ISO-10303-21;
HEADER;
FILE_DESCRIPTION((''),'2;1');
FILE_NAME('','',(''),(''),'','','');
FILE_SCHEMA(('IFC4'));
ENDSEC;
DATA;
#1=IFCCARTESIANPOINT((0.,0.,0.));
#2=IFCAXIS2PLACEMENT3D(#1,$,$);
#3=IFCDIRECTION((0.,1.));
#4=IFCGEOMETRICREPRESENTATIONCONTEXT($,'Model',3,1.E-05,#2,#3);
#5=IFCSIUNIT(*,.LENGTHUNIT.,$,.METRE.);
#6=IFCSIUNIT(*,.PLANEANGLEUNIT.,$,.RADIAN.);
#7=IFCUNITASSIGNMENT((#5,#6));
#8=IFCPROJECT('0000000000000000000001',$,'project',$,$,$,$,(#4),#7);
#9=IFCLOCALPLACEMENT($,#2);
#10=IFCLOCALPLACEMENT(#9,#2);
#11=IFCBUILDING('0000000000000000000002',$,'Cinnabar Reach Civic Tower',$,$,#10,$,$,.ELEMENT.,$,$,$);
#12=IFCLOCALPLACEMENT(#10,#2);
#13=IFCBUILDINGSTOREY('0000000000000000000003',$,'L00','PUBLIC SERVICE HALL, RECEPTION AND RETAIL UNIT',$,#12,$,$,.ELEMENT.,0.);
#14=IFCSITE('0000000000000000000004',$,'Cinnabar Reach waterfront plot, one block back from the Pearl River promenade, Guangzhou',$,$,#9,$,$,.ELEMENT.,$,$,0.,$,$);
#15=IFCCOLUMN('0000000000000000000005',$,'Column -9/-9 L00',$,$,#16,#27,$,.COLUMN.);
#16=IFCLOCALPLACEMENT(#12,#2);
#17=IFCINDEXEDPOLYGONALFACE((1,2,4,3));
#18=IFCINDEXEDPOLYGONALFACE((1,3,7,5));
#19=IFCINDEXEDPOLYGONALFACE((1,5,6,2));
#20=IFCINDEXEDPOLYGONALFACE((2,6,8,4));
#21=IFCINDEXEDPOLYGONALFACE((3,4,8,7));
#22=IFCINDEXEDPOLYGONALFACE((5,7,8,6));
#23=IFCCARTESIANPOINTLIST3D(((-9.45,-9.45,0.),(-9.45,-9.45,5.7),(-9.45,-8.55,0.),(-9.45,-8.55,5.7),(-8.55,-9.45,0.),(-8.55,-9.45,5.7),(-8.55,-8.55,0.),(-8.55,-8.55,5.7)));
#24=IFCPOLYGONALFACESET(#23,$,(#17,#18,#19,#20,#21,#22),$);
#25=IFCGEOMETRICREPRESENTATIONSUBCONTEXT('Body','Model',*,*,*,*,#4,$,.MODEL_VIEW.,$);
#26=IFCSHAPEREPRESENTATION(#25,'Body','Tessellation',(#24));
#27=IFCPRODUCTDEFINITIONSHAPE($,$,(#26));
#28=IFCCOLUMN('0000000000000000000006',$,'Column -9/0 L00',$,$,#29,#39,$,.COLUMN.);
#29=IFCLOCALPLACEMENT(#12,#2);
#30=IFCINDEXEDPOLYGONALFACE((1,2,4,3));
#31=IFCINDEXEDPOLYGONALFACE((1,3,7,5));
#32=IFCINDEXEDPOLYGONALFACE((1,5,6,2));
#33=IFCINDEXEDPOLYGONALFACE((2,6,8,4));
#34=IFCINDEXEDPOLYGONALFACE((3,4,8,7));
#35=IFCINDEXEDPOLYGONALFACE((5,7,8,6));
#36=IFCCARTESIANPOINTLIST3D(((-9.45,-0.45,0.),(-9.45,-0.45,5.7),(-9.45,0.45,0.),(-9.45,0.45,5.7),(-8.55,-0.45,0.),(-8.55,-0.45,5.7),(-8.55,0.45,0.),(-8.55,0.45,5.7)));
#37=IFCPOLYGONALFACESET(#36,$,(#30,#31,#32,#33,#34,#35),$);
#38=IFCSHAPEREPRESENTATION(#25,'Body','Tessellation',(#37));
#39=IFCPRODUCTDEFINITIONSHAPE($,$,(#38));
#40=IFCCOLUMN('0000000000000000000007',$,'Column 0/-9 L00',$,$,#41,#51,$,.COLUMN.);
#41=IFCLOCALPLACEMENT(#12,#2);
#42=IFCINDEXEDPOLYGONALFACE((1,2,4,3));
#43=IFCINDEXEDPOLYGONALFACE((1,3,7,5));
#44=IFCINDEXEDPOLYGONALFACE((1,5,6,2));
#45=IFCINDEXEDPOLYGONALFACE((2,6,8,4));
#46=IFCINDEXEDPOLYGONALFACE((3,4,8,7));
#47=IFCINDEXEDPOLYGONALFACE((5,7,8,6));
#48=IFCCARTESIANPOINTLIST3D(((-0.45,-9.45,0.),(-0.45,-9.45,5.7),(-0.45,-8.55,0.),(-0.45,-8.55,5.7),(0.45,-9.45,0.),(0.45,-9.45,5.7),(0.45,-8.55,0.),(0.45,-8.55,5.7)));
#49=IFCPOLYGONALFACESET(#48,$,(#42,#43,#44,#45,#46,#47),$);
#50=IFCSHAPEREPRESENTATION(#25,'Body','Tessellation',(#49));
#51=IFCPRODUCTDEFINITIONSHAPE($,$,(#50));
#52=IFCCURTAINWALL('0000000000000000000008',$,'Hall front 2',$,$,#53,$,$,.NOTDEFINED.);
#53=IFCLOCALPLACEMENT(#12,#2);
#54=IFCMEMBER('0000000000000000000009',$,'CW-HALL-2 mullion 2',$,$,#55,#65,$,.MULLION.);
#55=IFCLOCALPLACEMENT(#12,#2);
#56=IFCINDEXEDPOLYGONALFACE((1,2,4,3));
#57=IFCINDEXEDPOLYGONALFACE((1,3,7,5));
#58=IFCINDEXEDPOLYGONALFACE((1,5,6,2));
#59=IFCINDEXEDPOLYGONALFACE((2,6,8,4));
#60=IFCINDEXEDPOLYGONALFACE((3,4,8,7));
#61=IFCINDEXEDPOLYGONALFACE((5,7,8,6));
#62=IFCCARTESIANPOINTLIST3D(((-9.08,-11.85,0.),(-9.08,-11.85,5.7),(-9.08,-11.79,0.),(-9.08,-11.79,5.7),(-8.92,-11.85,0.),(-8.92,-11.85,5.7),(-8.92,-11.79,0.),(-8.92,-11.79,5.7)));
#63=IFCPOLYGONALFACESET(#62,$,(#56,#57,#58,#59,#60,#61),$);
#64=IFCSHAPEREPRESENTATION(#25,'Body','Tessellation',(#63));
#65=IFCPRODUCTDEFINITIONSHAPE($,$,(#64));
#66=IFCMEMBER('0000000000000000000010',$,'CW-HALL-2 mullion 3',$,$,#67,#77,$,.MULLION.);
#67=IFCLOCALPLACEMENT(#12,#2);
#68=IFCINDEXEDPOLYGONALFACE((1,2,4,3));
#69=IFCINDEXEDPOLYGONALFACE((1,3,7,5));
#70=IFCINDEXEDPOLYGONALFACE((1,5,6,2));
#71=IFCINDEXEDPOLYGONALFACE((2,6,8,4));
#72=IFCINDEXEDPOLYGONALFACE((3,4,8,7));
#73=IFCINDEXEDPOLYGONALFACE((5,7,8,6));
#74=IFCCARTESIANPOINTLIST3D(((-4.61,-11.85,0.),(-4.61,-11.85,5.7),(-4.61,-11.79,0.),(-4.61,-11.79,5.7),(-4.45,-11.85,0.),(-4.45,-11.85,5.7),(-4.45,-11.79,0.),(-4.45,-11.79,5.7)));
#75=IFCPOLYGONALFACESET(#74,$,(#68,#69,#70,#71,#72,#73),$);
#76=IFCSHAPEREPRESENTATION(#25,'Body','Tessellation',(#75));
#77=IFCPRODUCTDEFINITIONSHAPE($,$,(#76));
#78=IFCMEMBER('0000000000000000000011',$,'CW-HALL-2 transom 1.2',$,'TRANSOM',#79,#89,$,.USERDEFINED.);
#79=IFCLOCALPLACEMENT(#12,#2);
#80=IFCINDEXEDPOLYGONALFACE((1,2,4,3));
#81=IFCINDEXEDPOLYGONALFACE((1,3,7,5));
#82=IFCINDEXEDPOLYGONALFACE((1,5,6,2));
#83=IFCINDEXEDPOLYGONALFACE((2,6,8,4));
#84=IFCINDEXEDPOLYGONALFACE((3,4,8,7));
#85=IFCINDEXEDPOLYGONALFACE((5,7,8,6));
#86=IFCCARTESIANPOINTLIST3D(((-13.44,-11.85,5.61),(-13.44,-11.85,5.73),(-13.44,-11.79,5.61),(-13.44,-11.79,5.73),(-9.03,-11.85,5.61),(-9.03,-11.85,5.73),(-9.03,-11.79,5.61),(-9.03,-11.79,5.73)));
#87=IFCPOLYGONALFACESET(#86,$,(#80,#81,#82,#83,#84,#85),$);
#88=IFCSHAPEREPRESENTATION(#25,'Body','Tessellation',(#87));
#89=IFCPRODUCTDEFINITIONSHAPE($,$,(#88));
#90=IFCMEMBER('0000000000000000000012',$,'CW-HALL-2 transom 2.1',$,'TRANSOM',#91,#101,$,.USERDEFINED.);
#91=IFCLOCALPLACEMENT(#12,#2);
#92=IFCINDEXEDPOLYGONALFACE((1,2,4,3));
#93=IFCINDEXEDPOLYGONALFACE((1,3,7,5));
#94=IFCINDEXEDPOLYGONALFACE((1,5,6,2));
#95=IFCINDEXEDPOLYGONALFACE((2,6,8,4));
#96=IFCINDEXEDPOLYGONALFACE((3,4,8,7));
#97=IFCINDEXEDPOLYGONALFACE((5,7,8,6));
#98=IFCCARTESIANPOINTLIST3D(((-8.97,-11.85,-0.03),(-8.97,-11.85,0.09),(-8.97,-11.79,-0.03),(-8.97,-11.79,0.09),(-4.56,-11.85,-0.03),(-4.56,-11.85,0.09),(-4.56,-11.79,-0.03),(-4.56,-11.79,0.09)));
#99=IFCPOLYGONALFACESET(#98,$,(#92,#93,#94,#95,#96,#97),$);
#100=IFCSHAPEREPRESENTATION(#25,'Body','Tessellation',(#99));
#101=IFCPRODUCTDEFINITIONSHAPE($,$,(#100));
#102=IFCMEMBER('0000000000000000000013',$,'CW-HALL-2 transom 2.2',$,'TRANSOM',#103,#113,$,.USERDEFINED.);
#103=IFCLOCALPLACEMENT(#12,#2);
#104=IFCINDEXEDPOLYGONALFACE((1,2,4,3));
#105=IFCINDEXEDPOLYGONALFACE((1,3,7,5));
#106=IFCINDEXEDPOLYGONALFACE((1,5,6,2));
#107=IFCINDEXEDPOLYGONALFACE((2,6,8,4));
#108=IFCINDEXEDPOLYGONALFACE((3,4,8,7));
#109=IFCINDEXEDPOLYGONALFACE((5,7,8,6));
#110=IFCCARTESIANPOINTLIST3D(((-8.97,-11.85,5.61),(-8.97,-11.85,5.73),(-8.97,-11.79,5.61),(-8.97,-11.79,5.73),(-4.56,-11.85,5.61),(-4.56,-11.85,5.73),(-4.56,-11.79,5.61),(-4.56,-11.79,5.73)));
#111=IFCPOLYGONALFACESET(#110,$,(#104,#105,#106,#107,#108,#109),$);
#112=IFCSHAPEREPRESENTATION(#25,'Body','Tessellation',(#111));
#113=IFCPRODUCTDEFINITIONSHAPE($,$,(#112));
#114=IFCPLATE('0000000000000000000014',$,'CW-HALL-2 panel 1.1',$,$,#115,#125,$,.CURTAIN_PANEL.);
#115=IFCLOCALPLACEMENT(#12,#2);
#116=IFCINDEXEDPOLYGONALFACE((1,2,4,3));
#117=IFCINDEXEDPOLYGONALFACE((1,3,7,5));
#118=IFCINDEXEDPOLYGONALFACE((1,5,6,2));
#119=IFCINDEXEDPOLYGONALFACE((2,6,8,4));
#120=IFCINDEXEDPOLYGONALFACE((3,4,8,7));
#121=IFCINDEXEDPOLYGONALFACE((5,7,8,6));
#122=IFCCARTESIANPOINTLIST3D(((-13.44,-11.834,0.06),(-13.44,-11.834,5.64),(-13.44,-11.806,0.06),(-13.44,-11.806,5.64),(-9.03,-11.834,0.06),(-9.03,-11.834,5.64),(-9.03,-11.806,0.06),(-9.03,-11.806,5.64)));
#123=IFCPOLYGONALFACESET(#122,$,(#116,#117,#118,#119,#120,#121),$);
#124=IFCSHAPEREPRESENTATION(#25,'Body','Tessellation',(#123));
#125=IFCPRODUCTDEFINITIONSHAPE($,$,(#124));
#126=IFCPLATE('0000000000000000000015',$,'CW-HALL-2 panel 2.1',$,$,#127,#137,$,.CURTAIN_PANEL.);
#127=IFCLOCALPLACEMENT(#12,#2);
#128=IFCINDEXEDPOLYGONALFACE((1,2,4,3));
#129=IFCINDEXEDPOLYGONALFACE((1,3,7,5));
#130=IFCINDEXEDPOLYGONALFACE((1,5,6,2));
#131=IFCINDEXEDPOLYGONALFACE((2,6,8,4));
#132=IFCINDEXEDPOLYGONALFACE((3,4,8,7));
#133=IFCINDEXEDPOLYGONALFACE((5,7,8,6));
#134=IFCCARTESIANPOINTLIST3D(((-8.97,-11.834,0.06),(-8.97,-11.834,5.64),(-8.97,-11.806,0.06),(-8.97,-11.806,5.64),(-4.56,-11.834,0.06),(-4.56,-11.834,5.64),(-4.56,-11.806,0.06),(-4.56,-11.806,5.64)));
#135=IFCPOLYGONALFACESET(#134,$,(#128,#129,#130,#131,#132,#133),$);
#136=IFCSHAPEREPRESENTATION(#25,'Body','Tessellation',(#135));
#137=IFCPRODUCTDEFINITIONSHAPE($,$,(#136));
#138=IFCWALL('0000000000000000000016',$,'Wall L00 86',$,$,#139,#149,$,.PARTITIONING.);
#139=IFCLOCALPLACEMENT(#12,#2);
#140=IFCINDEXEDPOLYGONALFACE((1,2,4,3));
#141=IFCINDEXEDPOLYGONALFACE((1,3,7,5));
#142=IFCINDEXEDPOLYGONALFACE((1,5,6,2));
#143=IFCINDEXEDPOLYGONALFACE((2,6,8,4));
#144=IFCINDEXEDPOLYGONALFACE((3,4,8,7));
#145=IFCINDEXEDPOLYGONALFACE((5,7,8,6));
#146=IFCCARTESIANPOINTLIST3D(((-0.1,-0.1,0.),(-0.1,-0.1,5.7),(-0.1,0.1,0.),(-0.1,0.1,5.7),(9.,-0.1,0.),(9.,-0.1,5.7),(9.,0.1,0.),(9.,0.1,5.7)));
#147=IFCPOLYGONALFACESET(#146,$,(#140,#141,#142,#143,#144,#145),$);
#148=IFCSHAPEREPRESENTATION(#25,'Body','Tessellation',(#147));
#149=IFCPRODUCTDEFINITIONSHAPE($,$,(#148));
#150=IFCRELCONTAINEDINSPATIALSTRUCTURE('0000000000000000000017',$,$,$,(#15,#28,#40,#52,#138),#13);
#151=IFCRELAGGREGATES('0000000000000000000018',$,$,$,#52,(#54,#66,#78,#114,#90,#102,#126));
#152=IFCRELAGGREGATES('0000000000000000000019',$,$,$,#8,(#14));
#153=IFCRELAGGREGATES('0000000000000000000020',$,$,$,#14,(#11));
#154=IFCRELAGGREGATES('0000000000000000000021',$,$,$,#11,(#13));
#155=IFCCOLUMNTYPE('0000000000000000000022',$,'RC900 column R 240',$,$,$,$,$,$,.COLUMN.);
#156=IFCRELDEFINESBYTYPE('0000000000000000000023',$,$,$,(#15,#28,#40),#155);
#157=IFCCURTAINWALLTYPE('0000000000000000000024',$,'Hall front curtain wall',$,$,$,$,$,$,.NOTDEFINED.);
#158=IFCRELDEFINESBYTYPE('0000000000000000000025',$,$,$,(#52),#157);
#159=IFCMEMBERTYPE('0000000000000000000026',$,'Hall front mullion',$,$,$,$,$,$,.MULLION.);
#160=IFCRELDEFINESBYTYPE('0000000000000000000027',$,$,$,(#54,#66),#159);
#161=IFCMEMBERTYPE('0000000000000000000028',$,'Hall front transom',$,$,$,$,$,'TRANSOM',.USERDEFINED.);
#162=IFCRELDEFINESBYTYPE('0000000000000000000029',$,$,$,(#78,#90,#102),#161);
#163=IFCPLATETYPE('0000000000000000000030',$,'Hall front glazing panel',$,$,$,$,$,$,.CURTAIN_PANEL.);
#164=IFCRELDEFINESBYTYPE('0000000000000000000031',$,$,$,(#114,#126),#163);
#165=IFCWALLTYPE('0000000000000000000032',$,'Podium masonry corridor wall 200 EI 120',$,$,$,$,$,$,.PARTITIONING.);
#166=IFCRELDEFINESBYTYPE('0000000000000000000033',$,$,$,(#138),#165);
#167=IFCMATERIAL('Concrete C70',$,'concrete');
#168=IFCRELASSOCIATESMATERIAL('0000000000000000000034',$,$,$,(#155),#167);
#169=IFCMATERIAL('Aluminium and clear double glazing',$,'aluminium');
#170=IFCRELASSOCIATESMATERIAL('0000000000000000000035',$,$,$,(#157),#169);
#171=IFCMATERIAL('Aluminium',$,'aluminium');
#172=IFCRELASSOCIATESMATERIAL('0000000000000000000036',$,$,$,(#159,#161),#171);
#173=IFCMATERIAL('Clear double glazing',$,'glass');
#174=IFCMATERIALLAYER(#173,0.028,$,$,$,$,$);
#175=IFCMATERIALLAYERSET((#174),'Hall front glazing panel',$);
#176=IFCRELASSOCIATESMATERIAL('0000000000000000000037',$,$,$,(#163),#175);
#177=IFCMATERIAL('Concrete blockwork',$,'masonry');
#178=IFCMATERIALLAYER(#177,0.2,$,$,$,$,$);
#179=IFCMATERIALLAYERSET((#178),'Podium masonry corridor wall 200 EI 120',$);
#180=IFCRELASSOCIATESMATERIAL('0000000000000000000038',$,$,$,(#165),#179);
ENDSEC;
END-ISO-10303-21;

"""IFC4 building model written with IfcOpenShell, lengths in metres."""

from ifc_helpers import new_model, si_unit, direction, frame, frame_2d, origin, origin_2d, place, context, subcontext, project, spatial, rectangle, extrude, material, layer, layer_set, material_profile, profile_set, type_object, element, aggregate, save


model = new_model("IFC4")

# Units and contexts
model_context = context("Model", 3, precision=1e-05, world=origin(), true_north=direction((0.0, 1.0)))
body_context = subcontext(model_context, "Body", "Model", "MODEL_VIEW")
ifc_project = project(units=[si_unit("LENGTHUNIT", "METRE"), si_unit("PLANEANGLEUNIT", "RADIAN")], contexts=[model_context])

# Site, building, storey
site_placement = place(None, origin())
site = spatial("IfcSite", under=ifc_project, at=site_placement, Name="Cinnabar Reach waterfront plot, one block back from the Pearl River promenade, Guangzhou", CompositionType="ELEMENT", RefElevation=0.0)
building_placement = place(site_placement, origin())
building = spatial("IfcBuilding", under=site, at=building_placement, Name="Cinnabar Reach Civic Tower", CompositionType="ELEMENT")
storey_placement = place(building_placement, origin())
storey = spatial("IfcBuildingStorey", under=building, at=storey_placement, Name="L00", Description="PUBLIC SERVICE HALL, RECEPTION AND RETAIL UNIT", CompositionType="ELEMENT", Elevation=0.0)

# Columns
ifc_material_1 = material(Name="Concrete C70", Category="concrete")
ifc_material_profile_1 = material_profile(ifc_material_1, rectangle(XDim=0.9, YDim=0.9, at=origin_2d()), Name="RC900")
ifc_profile_set_1 = profile_set([ifc_material_profile_1], Name="Concrete C70")
column_type = type_object("IfcColumnType", Name="RC900 column R 240", PredefinedType="COLUMN", material=ifc_profile_set_1)
for number, where, z_axis, x_axis, name in (
    (1, (-9.0, -9.0, 0.0), (0.0, 0.0, 1.0), (1.0, 0.0, 0.0), "Column -9/-9 L00"),
    (2, (-9.0, 0.0, 0.0), (0.0, 0.0, 1.0), (1.0, 0.0, 0.0), "Column -9/0 L00"),
    (3, (0.0, -9.0, 0.0), (0.0, 0.0, 1.0), (1.0, 0.0, 0.0), "Column 0/-9 L00"),
):
    element("IfcColumn", number, at=place(storey_placement, frame(where, z_axis=z_axis, x_axis=x_axis)), inside=storey, type_object=column_type, Name=name, PredefinedType="COLUMN", context=body_context, shape_type="SweptSolid", body=[
        extrude(rectangle(XDim=0.9, YDim=0.9, at=origin_2d()), origin(), (0.0, 0.0, 1.0), 5.7),
    ])

# Curtain wall, members, plates
ifc_material_2 = material(Name="Aluminium and clear double glazing", Category="aluminium")
curtain_wall_type = type_object("IfcCurtainWallType", Name="Hall front curtain wall", PredefinedType="NOTDEFINED", material=ifc_material_2)
curtain_wall_placement = place(storey_placement, origin())
curtain_wall = element("IfcCurtainWall", 4, at=curtain_wall_placement, inside=storey, type_object=curtain_wall_type, Name="Hall front 2", PredefinedType="NOTDEFINED")
ifc_material_3 = material(Name="Aluminium", Category="aluminium")
ifc_material_profile_2 = material_profile(ifc_material_3, rectangle(XDim=0.06, YDim=0.16, at=origin_2d()), Name="Hall front mullion")
ifc_profile_set_2 = profile_set([ifc_material_profile_2], Name="Aluminium")
member_type_1 = type_object("IfcMemberType", Name="Hall front mullion", PredefinedType="MULLION", material=ifc_profile_set_2)
member_1_placement = place(storey_placement, frame((-9.0, -11.82, 0.0), z_axis=(0.0, 0.0, 1.0), x_axis=(0.0, 1.0, 0.0)))
member_1 = element("IfcMember", 5, at=member_1_placement, type_object=member_type_1, Name="CW-HALL-2 mullion 2", PredefinedType="MULLION", context=body_context, shape_type="SweptSolid", body=[
    extrude(rectangle(XDim=0.06, YDim=0.16, at=origin_2d()), origin(), (0.0, 0.0, 1.0), 5.7),
])
member_2_placement = place(storey_placement, frame((-4.53, -11.82, 0.0), z_axis=(0.0, 0.0, 1.0), x_axis=(0.0, 1.0, 0.0)))
member_2 = element("IfcMember", 6, at=member_2_placement, type_object=member_type_1, Name="CW-HALL-2 mullion 3", PredefinedType="MULLION", context=body_context, shape_type="SweptSolid", body=[
    extrude(rectangle(XDim=0.06, YDim=0.16, at=origin_2d()), origin(), (0.0, 0.0, 1.0), 5.7),
])
ifc_material_profile_3 = material_profile(ifc_material_3, rectangle(XDim=0.06, YDim=0.12, at=origin_2d()), Name="Hall front transom")
ifc_profile_set_3 = profile_set([ifc_material_profile_3], Name="Aluminium")
member_type_2 = type_object("IfcMemberType", Name="Hall front transom", ElementType="TRANSOM", PredefinedType="USERDEFINED", material=ifc_profile_set_3)
member_3_placement = place(storey_placement, frame((-13.44, -11.82, 5.67), z_axis=(1.0, 0.0, 0.0), x_axis=(0.0, 1.0, 0.0)))
member_3 = element("IfcMember", 7, at=member_3_placement, type_object=member_type_2, Name="CW-HALL-2 transom 1.2", ObjectType="TRANSOM", PredefinedType="USERDEFINED", context=body_context, shape_type="SweptSolid", body=[
    extrude(rectangle(XDim=0.06, YDim=0.12, at=origin_2d()), origin(), (0.0, 0.0, 1.0), 4.41),
])
member_4_placement = place(storey_placement, frame((-8.97, -11.82, 0.03), z_axis=(1.0, 0.0, 0.0), x_axis=(0.0, 1.0, 0.0)))
member_4 = element("IfcMember", 8, at=member_4_placement, type_object=member_type_2, Name="CW-HALL-2 transom 2.1", ObjectType="TRANSOM", PredefinedType="USERDEFINED", context=body_context, shape_type="SweptSolid", body=[
    extrude(rectangle(XDim=0.06, YDim=0.12, at=origin_2d()), origin(), (0.0, 0.0, 1.0), 4.41),
])
member_5_placement = place(storey_placement, frame((-8.97, -11.82, 5.67), z_axis=(1.0, 0.0, 0.0), x_axis=(0.0, 1.0, 0.0)))
member_5 = element("IfcMember", 9, at=member_5_placement, type_object=member_type_2, Name="CW-HALL-2 transom 2.2", ObjectType="TRANSOM", PredefinedType="USERDEFINED", context=body_context, shape_type="SweptSolid", body=[
    extrude(rectangle(XDim=0.06, YDim=0.12, at=origin_2d()), origin(), (0.0, 0.0, 1.0), 4.41),
])
ifc_material_4 = material(Name="Clear double glazing", Category="glass")
ifc_layer_1 = layer(ifc_material_4, 0.028)
ifc_layer_set_1 = layer_set([ifc_layer_1], Name="Hall front glazing panel")
plate_type = type_object("IfcPlateType", Name="Hall front glazing panel", PredefinedType="CURTAIN_PANEL", material=ifc_layer_set_1)
plate_1_placement = place(storey_placement, frame((-11.235, -11.82, 0.06), z_axis=(0.0, 0.0, 1.0), x_axis=(1.0, 0.0, 0.0)))
plate_1 = element("IfcPlate", 10, at=plate_1_placement, type_object=plate_type, Name="CW-HALL-2 panel 1.1", PredefinedType="CURTAIN_PANEL", context=body_context, shape_type="SweptSolid", body=[
    extrude(rectangle(XDim=4.41, YDim=0.028, at=origin_2d()), origin(), (0.0, 0.0, 1.0), 5.58),
])
plate_2_placement = place(storey_placement, frame((-6.765, -11.82, 0.06), z_axis=(0.0, 0.0, 1.0), x_axis=(1.0, 0.0, 0.0)))
plate_2 = element("IfcPlate", 11, at=plate_2_placement, type_object=plate_type, Name="CW-HALL-2 panel 2.1", PredefinedType="CURTAIN_PANEL", context=body_context, shape_type="SweptSolid", body=[
    extrude(rectangle(XDim=4.41, YDim=0.028, at=origin_2d()), origin(), (0.0, 0.0, 1.0), 5.58),
])
aggregate(curtain_wall, [member_1, member_2, member_3, plate_1, member_4, member_5, plate_2])

# Wall
ifc_material_5 = material(Name="Concrete blockwork", Category="masonry")
ifc_layer_2 = layer(ifc_material_5, 0.2)
ifc_layer_set_2 = layer_set([ifc_layer_2], Name="Podium masonry corridor wall 200 EI 120")
wall_type_1 = type_object("IfcWallType", Name="Podium masonry corridor wall 200 EI 120", PredefinedType="PARTITIONING", material=ifc_layer_set_2)
wall_1_placement = place(storey_placement, frame((-0.1, 0.0, 0.0), z_axis=(0.0, 0.0, 1.0), x_axis=(1.0, 0.0, 0.0)))
element("IfcWall", 12, at=wall_1_placement, inside=storey, type_object=wall_type_1, Name="Wall L00 86", PredefinedType="PARTITIONING", context=body_context, shape_type="SweptSolid", body=[
    extrude(rectangle(XDim=9.1, YDim=0.2, at=frame_2d((4.55, 0.0))), origin(), (0.0, 0.0, 1.0), 5.7),
])

save(model, "model.ifc")
